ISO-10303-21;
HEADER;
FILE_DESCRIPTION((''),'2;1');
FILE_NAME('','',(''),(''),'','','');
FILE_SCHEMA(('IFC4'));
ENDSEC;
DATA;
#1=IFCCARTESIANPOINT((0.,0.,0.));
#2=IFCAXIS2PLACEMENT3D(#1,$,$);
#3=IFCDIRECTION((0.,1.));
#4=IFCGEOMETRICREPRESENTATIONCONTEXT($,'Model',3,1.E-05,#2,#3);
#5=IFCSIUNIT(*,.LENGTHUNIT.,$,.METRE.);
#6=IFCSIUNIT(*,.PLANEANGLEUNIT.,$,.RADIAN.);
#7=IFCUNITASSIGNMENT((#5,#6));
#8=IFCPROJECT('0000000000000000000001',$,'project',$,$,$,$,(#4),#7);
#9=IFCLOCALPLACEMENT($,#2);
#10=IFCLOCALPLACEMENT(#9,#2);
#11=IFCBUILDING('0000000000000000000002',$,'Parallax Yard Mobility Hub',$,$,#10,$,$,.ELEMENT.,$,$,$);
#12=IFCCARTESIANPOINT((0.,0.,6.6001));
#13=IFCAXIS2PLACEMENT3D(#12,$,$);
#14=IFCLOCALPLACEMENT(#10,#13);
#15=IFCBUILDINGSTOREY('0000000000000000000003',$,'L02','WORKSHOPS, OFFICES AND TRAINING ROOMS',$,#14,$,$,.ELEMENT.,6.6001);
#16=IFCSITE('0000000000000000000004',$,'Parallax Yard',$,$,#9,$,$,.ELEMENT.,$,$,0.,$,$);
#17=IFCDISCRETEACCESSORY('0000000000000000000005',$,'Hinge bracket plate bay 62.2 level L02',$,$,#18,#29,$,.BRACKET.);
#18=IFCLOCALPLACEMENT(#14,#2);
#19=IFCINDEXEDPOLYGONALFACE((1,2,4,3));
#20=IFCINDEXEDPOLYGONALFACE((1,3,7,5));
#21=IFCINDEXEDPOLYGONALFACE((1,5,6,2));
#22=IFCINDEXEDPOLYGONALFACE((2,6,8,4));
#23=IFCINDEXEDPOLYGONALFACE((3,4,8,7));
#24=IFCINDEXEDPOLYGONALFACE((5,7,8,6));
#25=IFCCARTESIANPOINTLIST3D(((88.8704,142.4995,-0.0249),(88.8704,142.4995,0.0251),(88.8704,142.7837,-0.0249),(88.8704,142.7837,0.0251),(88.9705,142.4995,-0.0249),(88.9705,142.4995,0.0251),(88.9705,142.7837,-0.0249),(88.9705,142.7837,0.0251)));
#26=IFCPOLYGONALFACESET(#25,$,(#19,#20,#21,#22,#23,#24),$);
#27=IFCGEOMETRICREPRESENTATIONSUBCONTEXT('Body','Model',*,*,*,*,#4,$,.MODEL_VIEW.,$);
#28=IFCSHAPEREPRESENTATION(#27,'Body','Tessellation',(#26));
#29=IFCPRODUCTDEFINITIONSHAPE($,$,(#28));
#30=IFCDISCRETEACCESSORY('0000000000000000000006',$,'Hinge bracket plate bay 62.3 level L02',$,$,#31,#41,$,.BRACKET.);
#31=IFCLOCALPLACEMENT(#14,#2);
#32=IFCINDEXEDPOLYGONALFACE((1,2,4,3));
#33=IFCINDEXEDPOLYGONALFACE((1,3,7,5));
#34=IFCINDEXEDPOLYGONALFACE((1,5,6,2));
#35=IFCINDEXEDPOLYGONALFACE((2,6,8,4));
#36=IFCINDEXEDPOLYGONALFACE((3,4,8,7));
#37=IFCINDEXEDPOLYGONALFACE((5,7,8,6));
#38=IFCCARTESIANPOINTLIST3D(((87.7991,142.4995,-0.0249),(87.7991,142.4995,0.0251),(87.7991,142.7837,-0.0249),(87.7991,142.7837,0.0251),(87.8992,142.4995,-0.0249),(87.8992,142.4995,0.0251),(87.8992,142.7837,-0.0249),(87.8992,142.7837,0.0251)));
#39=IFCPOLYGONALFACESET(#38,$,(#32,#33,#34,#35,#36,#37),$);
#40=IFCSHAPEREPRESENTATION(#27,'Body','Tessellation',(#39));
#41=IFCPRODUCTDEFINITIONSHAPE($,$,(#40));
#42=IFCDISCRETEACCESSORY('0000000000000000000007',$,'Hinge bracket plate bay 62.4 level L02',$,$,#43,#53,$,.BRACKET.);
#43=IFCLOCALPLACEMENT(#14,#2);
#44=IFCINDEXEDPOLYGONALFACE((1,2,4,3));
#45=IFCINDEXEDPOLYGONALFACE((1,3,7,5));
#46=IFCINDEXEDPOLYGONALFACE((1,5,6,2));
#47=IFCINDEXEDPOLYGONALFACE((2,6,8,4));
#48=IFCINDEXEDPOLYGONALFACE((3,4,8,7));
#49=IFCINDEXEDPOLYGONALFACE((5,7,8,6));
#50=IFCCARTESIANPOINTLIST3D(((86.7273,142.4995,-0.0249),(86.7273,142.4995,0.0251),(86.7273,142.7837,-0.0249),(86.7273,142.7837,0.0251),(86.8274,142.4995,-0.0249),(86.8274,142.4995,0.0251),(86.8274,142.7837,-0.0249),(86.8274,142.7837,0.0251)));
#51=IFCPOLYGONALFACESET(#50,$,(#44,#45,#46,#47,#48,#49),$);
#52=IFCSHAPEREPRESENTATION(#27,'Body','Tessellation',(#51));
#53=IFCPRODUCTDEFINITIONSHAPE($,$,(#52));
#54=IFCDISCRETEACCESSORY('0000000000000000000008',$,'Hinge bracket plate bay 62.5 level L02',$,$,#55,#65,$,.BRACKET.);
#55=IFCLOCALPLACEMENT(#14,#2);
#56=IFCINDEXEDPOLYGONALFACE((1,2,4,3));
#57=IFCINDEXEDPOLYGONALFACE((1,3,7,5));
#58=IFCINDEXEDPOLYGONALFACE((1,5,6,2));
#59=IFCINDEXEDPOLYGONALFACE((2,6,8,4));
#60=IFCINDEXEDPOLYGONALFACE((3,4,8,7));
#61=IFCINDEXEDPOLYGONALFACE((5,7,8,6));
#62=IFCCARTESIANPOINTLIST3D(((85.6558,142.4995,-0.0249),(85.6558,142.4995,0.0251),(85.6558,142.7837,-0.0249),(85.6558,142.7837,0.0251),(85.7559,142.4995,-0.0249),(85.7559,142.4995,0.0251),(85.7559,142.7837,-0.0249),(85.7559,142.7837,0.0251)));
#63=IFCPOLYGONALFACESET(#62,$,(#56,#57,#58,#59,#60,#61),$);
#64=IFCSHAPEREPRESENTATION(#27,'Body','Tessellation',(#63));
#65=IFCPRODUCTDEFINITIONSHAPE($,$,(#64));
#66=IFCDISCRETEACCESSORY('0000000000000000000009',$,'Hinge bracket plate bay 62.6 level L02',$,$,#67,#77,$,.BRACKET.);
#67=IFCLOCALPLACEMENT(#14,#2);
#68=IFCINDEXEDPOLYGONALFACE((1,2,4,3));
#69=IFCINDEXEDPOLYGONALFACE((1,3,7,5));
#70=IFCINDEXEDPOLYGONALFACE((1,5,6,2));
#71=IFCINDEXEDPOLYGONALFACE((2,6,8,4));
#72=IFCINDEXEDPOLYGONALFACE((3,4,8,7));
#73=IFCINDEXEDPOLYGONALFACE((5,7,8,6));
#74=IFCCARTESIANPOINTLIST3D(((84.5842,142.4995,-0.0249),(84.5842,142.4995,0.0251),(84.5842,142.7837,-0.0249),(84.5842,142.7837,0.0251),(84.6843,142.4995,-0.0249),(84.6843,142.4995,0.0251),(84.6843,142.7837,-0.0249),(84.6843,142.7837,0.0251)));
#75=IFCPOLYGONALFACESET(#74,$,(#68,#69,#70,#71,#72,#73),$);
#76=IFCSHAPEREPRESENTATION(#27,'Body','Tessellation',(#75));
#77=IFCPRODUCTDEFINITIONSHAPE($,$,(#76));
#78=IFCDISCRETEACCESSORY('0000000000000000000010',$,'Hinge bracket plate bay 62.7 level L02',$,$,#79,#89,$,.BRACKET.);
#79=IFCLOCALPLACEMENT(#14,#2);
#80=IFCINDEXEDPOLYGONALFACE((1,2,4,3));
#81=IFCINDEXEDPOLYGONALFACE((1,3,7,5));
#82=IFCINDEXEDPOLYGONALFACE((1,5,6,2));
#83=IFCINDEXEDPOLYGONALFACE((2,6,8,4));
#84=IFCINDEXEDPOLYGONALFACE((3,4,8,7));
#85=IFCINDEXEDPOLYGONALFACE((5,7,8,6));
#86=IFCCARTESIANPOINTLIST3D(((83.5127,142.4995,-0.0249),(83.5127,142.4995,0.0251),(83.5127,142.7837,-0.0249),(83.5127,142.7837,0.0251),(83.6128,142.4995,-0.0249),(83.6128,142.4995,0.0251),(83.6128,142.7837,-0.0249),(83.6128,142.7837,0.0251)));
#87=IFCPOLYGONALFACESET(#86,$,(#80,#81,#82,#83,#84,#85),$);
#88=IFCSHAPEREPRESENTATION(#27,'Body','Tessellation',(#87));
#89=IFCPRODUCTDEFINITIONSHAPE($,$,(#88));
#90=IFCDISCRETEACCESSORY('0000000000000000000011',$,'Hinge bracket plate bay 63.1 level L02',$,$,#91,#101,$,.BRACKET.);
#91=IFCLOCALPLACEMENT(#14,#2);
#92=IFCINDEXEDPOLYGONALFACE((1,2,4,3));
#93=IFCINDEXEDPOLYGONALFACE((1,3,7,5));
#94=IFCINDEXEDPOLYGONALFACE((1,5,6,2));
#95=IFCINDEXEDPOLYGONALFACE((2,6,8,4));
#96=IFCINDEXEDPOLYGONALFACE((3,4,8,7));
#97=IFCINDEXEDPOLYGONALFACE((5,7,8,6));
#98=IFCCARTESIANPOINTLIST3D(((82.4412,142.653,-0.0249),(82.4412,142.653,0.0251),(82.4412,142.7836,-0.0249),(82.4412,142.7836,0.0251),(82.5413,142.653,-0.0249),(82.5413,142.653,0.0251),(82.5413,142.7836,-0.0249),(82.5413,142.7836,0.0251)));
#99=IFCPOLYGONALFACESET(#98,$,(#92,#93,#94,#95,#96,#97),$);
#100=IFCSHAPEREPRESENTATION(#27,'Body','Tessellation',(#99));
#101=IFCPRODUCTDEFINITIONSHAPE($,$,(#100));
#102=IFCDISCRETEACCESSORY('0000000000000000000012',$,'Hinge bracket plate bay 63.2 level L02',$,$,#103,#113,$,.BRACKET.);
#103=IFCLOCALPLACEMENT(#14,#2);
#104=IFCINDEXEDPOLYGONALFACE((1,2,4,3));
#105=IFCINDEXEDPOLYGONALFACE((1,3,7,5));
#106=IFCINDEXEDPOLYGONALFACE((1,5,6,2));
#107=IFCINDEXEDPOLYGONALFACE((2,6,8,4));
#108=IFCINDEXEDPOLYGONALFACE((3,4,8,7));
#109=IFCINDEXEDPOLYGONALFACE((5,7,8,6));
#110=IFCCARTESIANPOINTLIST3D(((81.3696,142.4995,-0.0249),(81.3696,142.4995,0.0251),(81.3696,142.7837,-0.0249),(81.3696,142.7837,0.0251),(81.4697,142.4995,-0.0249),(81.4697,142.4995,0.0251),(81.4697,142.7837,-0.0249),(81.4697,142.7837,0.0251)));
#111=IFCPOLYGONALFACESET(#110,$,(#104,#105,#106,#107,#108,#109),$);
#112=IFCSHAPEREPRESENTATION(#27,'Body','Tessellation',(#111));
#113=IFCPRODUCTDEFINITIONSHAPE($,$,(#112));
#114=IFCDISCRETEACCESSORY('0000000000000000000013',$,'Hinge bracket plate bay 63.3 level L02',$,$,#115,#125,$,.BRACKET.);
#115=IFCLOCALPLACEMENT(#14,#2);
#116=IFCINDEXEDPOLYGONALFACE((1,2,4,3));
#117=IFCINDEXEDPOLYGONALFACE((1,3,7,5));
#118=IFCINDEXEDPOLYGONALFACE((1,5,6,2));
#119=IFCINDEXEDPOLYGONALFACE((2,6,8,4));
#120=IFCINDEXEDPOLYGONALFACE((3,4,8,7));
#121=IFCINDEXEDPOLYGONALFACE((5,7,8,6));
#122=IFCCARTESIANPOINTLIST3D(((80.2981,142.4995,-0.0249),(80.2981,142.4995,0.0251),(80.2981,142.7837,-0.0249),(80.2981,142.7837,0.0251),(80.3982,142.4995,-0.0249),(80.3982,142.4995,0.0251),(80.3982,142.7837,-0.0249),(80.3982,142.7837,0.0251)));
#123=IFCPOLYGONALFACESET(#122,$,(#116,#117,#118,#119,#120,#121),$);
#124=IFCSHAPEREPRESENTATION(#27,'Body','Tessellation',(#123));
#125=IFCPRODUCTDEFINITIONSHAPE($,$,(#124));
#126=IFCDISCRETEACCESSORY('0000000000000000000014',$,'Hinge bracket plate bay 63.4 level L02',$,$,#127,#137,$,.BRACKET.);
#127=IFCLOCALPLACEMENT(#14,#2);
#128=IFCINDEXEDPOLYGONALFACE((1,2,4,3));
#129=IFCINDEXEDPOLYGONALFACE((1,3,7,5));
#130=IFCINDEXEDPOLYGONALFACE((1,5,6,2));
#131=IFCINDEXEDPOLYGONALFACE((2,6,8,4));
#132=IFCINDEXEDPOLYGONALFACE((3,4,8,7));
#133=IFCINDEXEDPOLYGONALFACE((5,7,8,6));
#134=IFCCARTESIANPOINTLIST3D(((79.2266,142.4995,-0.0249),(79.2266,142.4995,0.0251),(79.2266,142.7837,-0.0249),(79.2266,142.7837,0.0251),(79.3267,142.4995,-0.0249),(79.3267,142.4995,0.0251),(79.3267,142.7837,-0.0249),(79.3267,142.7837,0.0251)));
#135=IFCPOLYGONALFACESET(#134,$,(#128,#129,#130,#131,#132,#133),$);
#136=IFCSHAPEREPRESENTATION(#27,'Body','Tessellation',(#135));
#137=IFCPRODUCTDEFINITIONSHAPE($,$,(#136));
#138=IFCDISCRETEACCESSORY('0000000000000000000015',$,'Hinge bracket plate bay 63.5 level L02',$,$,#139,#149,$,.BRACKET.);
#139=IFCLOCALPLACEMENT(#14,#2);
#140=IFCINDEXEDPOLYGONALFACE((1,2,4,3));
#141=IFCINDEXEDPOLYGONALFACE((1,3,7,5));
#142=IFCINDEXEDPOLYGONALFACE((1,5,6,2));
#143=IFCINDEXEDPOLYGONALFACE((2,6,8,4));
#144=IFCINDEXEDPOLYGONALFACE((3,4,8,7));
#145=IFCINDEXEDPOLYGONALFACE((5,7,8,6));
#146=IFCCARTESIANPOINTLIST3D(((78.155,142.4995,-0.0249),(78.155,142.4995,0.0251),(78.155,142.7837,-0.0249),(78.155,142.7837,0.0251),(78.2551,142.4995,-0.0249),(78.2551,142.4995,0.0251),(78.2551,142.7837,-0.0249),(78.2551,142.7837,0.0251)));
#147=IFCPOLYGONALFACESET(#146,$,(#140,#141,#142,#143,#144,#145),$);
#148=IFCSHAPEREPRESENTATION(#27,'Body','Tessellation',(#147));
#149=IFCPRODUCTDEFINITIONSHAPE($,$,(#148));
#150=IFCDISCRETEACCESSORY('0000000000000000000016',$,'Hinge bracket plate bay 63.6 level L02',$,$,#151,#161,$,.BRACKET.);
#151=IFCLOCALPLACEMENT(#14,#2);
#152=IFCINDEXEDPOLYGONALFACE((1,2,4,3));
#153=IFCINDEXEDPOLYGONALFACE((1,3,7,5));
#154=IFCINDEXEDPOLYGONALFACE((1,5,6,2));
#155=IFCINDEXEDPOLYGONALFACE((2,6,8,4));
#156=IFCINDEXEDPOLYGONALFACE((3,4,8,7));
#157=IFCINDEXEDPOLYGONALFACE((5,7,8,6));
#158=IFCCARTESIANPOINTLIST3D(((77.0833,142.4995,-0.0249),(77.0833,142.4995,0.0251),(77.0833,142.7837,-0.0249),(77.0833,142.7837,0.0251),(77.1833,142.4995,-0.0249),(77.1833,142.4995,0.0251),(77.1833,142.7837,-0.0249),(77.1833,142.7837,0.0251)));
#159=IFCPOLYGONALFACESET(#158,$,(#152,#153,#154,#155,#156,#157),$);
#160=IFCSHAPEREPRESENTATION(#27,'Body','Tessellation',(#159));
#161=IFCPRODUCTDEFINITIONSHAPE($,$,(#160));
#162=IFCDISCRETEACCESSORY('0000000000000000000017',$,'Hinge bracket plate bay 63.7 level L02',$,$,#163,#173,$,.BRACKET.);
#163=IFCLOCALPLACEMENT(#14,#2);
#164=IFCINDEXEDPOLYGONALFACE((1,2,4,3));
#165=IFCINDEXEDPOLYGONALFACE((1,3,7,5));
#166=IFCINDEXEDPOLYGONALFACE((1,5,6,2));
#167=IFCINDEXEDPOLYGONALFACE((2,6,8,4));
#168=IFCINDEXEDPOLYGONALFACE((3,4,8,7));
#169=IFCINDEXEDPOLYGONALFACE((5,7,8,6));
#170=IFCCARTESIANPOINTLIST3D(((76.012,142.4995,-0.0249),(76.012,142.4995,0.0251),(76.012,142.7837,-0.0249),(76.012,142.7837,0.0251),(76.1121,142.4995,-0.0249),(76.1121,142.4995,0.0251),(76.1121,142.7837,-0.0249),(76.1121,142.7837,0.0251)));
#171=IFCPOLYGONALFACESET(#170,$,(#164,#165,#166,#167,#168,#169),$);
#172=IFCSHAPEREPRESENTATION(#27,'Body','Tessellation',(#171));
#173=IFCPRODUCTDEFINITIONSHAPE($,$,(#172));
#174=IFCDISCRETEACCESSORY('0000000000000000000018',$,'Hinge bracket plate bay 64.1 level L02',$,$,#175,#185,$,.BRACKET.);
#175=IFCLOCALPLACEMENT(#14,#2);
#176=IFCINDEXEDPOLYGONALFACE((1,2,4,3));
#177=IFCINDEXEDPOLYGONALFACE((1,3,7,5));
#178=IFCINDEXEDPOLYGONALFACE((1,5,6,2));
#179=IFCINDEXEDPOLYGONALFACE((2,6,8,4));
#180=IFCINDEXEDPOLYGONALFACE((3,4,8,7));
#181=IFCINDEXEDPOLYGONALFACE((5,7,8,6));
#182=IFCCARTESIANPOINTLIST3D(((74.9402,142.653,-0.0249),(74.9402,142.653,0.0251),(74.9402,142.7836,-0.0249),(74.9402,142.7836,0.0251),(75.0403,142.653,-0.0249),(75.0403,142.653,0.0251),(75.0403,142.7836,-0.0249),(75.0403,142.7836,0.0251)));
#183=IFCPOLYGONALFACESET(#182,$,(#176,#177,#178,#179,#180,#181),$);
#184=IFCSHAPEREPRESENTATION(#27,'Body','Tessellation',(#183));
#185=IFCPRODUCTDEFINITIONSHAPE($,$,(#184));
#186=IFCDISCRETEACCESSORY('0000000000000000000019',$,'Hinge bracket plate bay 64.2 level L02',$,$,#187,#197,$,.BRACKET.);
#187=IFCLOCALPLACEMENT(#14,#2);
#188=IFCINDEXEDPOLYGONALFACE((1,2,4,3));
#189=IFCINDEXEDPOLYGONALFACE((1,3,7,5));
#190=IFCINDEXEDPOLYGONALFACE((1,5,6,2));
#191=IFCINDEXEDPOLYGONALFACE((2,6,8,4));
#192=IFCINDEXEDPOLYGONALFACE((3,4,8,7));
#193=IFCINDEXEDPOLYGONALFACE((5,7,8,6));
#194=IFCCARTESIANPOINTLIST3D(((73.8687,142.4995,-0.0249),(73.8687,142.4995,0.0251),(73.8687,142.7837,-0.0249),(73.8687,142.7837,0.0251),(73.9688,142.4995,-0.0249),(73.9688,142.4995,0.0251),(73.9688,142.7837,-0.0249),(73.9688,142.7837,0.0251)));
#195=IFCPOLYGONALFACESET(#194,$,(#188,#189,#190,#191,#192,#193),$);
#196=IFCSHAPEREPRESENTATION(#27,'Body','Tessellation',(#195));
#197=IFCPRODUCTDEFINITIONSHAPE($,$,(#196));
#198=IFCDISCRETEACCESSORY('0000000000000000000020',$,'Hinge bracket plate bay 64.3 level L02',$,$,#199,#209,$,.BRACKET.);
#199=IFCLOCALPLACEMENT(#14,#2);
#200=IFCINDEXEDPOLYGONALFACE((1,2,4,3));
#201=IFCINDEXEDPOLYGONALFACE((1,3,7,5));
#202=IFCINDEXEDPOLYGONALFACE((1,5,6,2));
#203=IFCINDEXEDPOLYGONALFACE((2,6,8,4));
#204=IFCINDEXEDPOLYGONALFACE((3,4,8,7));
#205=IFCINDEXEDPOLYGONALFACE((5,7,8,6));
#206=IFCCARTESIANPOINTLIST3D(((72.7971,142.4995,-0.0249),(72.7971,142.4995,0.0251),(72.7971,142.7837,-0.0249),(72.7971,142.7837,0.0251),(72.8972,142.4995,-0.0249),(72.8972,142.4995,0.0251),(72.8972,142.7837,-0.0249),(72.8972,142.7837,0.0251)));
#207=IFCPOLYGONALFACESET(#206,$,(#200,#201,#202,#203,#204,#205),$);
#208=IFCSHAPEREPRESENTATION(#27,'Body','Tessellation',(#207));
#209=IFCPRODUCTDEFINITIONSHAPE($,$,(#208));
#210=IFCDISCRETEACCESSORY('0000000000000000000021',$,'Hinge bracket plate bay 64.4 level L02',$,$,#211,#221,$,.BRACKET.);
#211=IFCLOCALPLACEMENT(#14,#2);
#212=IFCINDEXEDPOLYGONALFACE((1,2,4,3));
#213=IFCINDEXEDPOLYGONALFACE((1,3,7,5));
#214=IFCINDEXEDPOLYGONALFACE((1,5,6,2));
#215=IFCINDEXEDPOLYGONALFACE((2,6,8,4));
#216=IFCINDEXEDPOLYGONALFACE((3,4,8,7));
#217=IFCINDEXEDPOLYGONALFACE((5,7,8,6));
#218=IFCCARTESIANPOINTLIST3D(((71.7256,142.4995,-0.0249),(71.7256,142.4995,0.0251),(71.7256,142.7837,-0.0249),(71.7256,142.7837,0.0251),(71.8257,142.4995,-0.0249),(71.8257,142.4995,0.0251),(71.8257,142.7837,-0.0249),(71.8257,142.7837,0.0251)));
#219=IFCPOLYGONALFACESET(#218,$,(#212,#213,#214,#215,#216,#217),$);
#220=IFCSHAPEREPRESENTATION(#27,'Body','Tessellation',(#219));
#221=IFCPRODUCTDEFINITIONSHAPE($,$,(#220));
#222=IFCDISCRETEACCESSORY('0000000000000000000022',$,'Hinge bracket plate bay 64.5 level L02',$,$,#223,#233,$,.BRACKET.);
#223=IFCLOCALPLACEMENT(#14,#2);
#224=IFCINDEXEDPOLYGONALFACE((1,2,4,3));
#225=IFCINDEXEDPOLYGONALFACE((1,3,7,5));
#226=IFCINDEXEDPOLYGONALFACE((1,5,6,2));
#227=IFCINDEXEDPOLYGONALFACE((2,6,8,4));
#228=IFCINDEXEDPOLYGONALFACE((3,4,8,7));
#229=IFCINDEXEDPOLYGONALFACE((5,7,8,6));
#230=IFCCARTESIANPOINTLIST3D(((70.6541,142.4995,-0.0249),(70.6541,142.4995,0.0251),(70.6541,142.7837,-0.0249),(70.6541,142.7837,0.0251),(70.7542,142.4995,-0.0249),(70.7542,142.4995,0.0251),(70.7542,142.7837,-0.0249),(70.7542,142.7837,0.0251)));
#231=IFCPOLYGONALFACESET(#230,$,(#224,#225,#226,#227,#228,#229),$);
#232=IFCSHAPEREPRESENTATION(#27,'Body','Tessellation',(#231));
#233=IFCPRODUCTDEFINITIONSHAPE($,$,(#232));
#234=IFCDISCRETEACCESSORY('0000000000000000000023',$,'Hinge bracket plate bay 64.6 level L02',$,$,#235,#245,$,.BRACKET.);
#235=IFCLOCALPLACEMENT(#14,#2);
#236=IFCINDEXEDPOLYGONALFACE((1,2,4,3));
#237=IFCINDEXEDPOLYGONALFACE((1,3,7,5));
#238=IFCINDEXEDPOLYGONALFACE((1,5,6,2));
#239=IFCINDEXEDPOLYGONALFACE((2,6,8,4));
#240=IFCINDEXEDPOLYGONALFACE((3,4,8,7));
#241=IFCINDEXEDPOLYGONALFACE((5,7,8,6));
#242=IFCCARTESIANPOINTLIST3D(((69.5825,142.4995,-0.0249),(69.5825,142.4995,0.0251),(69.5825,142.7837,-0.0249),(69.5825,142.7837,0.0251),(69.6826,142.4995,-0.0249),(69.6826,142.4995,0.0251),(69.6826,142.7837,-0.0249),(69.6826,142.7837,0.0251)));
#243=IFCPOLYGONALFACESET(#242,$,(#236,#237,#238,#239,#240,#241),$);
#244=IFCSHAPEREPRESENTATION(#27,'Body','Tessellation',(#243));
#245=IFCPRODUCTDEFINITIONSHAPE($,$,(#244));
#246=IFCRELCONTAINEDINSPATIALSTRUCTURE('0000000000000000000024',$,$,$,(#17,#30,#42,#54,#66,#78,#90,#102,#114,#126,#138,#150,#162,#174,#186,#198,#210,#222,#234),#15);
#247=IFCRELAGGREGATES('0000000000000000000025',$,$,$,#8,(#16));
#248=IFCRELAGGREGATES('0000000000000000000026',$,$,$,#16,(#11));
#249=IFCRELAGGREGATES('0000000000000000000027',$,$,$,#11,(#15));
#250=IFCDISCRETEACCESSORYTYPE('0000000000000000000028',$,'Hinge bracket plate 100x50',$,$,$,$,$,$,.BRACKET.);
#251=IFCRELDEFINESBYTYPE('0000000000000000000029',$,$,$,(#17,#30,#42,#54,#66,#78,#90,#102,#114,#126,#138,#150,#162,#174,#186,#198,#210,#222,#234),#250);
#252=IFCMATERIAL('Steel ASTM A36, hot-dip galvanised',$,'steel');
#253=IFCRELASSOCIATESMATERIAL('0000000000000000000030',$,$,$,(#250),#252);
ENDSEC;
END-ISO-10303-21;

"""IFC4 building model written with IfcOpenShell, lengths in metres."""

from ifc_helpers import new_model, si_unit, direction, frame, origin, origin_2d, place, context, subcontext, project, spatial, rectangle, extrude, material, type_object, element, save


model = new_model("IFC4")

# Units and contexts
model_context = context("Model", 3, precision=1e-05, world=origin(), true_north=direction((0.0, 1.0)))
body_context = subcontext(model_context, "Body", "Model", "MODEL_VIEW")
ifc_project = project(units=[si_unit("LENGTHUNIT", "METRE"), si_unit("PLANEANGLEUNIT", "RADIAN")], contexts=[model_context])

# Site, building, storey
site_placement = place(None, origin())
site = spatial("IfcSite", under=ifc_project, at=site_placement, Name="Parallax Yard", CompositionType="ELEMENT", RefElevation=0.0)
building_placement = place(site_placement, origin())
building = spatial("IfcBuilding", under=site, at=building_placement, Name="Parallax Yard Mobility Hub", CompositionType="ELEMENT")
storey_placement = place(building_placement, frame((0.0, 0.0, 6.6001)))
storey = spatial("IfcBuildingStorey", under=building, at=storey_placement, Name="L02", Description="WORKSHOPS, OFFICES AND TRAINING ROOMS", CompositionType="ELEMENT", Elevation=6.6001)

# Discrete accessories
ifc_material_1 = material(Name="Steel ASTM A36, hot-dip galvanised", Category="steel")
discrete_accessory_type_1 = type_object("IfcDiscreteAccessoryType", Name="Hinge bracket plate 100x50", PredefinedType="BRACKET", material=ifc_material_1)
for number, where, z_axis, x_axis, name in (
    (1, (88.9204, 142.6416, -0.0249), (0.0, 0.0, 1.0), (0.0, 1.0, 0.0), "Hinge bracket plate bay 62.2 level L02"),
    (2, (87.8491, 142.6416, -0.0249), (0.0, 0.0, 1.0), (0.0, 1.0, 0.0), "Hinge bracket plate bay 62.3 level L02"),
    (3, (86.7773, 142.6416, -0.0249), (0.0, 0.0, 1.0), (0.0, 1.0, 0.0), "Hinge bracket plate bay 62.4 level L02"),
    (4, (85.7058, 142.6416, -0.0249), (0.0, 0.0, 1.0), (0.0, 1.0, 0.0), "Hinge bracket plate bay 62.5 level L02"),
    (5, (84.6343, 142.6416, -0.0249), (0.0, 0.0, 1.0), (0.0, 1.0, 0.0), "Hinge bracket plate bay 62.6 level L02"),
    (6, (83.5627, 142.6416, -0.0249), (0.0, 0.0, 1.0), (0.0, 1.0, 0.0), "Hinge bracket plate bay 62.7 level L02"),
):
    element("IfcDiscreteAccessory", number, at=place(storey_placement, frame(where, z_axis=z_axis, x_axis=x_axis)), inside=storey, type_object=discrete_accessory_type_1, Name=name, PredefinedType="BRACKET", context=body_context, shape_type="SweptSolid", body=[
        extrude(rectangle(XDim=0.2842, YDim=0.1001, at=origin_2d()), origin(), (0.0, 0.0, 1.0), 0.05),
    ])
discrete_accessory_1_placement = place(storey_placement, frame((82.4912, 142.7183, -0.0249), z_axis=(0.0, 0.0, 1.0), x_axis=(0.0, 1.0, 0.0)))
element("IfcDiscreteAccessory", 7, at=discrete_accessory_1_placement, inside=storey, type_object=discrete_accessory_type_1, Name="Hinge bracket plate bay 63.1 level L02", PredefinedType="BRACKET", context=body_context, shape_type="SweptSolid", body=[
    extrude(rectangle(XDim=0.1306, YDim=0.1001, at=origin_2d()), origin(), (0.0, 0.0, 1.0), 0.05),
])
for number, where, z_axis, x_axis, name in (
    (8, (81.4197, 142.6416, -0.0249), (0.0, 0.0, 1.0), (0.0, 1.0, 0.0), "Hinge bracket plate bay 63.2 level L02"),
    (9, (80.3481, 142.6416, -0.0249), (0.0, 0.0, 1.0), (0.0, 1.0, 0.0), "Hinge bracket plate bay 63.3 level L02"),
    (10, (79.2766, 142.6416, -0.0249), (0.0, 0.0, 1.0), (0.0, 1.0, 0.0), "Hinge bracket plate bay 63.4 level L02"),
    (11, (78.2051, 142.6416, -0.0249), (0.0, 0.0, 1.0), (0.0, 1.0, 0.0), "Hinge bracket plate bay 63.5 level L02"),
    (12, (77.1333, 142.6416, -0.0249), (0.0, 0.0, 1.0), (0.0, 1.0, 0.0), "Hinge bracket plate bay 63.6 level L02"),
    (13, (76.062, 142.6416, -0.0249), (0.0, 0.0, 1.0), (0.0, 1.0, 0.0), "Hinge bracket plate bay 63.7 level L02"),
):
    element("IfcDiscreteAccessory", number, at=place(storey_placement, frame(where, z_axis=z_axis, x_axis=x_axis)), inside=storey, type_object=discrete_accessory_type_1, Name=name, PredefinedType="BRACKET", context=body_context, shape_type="SweptSolid", body=[
        extrude(rectangle(XDim=0.2842, YDim=0.1001, at=origin_2d()), origin(), (0.0, 0.0, 1.0), 0.05),
    ])
discrete_accessory_2_placement = place(storey_placement, frame((74.9902, 142.7183, -0.0249), z_axis=(0.0, 0.0, 1.0), x_axis=(0.0, 1.0, 0.0)))
element("IfcDiscreteAccessory", 14, at=discrete_accessory_2_placement, inside=storey, type_object=discrete_accessory_type_1, Name="Hinge bracket plate bay 64.1 level L02", PredefinedType="BRACKET", context=body_context, shape_type="SweptSolid", body=[
    extrude(rectangle(XDim=0.1306, YDim=0.1001, at=origin_2d()), origin(), (0.0, 0.0, 1.0), 0.05),
])
for number, where, z_axis, x_axis, name in (
    (15, (73.9187, 142.6416, -0.0249), (0.0, 0.0, 1.0), (0.0, 1.0, 0.0), "Hinge bracket plate bay 64.2 level L02"),
    (16, (72.8472, 142.6416, -0.0249), (0.0, 0.0, 1.0), (0.0, 1.0, 0.0), "Hinge bracket plate bay 64.3 level L02"),
    (17, (71.7756, 142.6416, -0.0249), (0.0, 0.0, 1.0), (0.0, 1.0, 0.0), "Hinge bracket plate bay 64.4 level L02"),
    (18, (70.7041, 142.6416, -0.0249), (0.0, 0.0, 1.0), (0.0, 1.0, 0.0), "Hinge bracket plate bay 64.5 level L02"),
    (19, (69.6326, 142.6416, -0.0249), (0.0, 0.0, 1.0), (0.0, 1.0, 0.0), "Hinge bracket plate bay 64.6 level L02"),
):
    element("IfcDiscreteAccessory", number, at=place(storey_placement, frame(where, z_axis=z_axis, x_axis=x_axis)), inside=storey, type_object=discrete_accessory_type_1, Name=name, PredefinedType="BRACKET", context=body_context, shape_type="SweptSolid", body=[
        extrude(rectangle(XDim=0.2842, YDim=0.1001, at=origin_2d()), origin(), (0.0, 0.0, 1.0), 0.05),
    ])

save(model, "model.ifc")
